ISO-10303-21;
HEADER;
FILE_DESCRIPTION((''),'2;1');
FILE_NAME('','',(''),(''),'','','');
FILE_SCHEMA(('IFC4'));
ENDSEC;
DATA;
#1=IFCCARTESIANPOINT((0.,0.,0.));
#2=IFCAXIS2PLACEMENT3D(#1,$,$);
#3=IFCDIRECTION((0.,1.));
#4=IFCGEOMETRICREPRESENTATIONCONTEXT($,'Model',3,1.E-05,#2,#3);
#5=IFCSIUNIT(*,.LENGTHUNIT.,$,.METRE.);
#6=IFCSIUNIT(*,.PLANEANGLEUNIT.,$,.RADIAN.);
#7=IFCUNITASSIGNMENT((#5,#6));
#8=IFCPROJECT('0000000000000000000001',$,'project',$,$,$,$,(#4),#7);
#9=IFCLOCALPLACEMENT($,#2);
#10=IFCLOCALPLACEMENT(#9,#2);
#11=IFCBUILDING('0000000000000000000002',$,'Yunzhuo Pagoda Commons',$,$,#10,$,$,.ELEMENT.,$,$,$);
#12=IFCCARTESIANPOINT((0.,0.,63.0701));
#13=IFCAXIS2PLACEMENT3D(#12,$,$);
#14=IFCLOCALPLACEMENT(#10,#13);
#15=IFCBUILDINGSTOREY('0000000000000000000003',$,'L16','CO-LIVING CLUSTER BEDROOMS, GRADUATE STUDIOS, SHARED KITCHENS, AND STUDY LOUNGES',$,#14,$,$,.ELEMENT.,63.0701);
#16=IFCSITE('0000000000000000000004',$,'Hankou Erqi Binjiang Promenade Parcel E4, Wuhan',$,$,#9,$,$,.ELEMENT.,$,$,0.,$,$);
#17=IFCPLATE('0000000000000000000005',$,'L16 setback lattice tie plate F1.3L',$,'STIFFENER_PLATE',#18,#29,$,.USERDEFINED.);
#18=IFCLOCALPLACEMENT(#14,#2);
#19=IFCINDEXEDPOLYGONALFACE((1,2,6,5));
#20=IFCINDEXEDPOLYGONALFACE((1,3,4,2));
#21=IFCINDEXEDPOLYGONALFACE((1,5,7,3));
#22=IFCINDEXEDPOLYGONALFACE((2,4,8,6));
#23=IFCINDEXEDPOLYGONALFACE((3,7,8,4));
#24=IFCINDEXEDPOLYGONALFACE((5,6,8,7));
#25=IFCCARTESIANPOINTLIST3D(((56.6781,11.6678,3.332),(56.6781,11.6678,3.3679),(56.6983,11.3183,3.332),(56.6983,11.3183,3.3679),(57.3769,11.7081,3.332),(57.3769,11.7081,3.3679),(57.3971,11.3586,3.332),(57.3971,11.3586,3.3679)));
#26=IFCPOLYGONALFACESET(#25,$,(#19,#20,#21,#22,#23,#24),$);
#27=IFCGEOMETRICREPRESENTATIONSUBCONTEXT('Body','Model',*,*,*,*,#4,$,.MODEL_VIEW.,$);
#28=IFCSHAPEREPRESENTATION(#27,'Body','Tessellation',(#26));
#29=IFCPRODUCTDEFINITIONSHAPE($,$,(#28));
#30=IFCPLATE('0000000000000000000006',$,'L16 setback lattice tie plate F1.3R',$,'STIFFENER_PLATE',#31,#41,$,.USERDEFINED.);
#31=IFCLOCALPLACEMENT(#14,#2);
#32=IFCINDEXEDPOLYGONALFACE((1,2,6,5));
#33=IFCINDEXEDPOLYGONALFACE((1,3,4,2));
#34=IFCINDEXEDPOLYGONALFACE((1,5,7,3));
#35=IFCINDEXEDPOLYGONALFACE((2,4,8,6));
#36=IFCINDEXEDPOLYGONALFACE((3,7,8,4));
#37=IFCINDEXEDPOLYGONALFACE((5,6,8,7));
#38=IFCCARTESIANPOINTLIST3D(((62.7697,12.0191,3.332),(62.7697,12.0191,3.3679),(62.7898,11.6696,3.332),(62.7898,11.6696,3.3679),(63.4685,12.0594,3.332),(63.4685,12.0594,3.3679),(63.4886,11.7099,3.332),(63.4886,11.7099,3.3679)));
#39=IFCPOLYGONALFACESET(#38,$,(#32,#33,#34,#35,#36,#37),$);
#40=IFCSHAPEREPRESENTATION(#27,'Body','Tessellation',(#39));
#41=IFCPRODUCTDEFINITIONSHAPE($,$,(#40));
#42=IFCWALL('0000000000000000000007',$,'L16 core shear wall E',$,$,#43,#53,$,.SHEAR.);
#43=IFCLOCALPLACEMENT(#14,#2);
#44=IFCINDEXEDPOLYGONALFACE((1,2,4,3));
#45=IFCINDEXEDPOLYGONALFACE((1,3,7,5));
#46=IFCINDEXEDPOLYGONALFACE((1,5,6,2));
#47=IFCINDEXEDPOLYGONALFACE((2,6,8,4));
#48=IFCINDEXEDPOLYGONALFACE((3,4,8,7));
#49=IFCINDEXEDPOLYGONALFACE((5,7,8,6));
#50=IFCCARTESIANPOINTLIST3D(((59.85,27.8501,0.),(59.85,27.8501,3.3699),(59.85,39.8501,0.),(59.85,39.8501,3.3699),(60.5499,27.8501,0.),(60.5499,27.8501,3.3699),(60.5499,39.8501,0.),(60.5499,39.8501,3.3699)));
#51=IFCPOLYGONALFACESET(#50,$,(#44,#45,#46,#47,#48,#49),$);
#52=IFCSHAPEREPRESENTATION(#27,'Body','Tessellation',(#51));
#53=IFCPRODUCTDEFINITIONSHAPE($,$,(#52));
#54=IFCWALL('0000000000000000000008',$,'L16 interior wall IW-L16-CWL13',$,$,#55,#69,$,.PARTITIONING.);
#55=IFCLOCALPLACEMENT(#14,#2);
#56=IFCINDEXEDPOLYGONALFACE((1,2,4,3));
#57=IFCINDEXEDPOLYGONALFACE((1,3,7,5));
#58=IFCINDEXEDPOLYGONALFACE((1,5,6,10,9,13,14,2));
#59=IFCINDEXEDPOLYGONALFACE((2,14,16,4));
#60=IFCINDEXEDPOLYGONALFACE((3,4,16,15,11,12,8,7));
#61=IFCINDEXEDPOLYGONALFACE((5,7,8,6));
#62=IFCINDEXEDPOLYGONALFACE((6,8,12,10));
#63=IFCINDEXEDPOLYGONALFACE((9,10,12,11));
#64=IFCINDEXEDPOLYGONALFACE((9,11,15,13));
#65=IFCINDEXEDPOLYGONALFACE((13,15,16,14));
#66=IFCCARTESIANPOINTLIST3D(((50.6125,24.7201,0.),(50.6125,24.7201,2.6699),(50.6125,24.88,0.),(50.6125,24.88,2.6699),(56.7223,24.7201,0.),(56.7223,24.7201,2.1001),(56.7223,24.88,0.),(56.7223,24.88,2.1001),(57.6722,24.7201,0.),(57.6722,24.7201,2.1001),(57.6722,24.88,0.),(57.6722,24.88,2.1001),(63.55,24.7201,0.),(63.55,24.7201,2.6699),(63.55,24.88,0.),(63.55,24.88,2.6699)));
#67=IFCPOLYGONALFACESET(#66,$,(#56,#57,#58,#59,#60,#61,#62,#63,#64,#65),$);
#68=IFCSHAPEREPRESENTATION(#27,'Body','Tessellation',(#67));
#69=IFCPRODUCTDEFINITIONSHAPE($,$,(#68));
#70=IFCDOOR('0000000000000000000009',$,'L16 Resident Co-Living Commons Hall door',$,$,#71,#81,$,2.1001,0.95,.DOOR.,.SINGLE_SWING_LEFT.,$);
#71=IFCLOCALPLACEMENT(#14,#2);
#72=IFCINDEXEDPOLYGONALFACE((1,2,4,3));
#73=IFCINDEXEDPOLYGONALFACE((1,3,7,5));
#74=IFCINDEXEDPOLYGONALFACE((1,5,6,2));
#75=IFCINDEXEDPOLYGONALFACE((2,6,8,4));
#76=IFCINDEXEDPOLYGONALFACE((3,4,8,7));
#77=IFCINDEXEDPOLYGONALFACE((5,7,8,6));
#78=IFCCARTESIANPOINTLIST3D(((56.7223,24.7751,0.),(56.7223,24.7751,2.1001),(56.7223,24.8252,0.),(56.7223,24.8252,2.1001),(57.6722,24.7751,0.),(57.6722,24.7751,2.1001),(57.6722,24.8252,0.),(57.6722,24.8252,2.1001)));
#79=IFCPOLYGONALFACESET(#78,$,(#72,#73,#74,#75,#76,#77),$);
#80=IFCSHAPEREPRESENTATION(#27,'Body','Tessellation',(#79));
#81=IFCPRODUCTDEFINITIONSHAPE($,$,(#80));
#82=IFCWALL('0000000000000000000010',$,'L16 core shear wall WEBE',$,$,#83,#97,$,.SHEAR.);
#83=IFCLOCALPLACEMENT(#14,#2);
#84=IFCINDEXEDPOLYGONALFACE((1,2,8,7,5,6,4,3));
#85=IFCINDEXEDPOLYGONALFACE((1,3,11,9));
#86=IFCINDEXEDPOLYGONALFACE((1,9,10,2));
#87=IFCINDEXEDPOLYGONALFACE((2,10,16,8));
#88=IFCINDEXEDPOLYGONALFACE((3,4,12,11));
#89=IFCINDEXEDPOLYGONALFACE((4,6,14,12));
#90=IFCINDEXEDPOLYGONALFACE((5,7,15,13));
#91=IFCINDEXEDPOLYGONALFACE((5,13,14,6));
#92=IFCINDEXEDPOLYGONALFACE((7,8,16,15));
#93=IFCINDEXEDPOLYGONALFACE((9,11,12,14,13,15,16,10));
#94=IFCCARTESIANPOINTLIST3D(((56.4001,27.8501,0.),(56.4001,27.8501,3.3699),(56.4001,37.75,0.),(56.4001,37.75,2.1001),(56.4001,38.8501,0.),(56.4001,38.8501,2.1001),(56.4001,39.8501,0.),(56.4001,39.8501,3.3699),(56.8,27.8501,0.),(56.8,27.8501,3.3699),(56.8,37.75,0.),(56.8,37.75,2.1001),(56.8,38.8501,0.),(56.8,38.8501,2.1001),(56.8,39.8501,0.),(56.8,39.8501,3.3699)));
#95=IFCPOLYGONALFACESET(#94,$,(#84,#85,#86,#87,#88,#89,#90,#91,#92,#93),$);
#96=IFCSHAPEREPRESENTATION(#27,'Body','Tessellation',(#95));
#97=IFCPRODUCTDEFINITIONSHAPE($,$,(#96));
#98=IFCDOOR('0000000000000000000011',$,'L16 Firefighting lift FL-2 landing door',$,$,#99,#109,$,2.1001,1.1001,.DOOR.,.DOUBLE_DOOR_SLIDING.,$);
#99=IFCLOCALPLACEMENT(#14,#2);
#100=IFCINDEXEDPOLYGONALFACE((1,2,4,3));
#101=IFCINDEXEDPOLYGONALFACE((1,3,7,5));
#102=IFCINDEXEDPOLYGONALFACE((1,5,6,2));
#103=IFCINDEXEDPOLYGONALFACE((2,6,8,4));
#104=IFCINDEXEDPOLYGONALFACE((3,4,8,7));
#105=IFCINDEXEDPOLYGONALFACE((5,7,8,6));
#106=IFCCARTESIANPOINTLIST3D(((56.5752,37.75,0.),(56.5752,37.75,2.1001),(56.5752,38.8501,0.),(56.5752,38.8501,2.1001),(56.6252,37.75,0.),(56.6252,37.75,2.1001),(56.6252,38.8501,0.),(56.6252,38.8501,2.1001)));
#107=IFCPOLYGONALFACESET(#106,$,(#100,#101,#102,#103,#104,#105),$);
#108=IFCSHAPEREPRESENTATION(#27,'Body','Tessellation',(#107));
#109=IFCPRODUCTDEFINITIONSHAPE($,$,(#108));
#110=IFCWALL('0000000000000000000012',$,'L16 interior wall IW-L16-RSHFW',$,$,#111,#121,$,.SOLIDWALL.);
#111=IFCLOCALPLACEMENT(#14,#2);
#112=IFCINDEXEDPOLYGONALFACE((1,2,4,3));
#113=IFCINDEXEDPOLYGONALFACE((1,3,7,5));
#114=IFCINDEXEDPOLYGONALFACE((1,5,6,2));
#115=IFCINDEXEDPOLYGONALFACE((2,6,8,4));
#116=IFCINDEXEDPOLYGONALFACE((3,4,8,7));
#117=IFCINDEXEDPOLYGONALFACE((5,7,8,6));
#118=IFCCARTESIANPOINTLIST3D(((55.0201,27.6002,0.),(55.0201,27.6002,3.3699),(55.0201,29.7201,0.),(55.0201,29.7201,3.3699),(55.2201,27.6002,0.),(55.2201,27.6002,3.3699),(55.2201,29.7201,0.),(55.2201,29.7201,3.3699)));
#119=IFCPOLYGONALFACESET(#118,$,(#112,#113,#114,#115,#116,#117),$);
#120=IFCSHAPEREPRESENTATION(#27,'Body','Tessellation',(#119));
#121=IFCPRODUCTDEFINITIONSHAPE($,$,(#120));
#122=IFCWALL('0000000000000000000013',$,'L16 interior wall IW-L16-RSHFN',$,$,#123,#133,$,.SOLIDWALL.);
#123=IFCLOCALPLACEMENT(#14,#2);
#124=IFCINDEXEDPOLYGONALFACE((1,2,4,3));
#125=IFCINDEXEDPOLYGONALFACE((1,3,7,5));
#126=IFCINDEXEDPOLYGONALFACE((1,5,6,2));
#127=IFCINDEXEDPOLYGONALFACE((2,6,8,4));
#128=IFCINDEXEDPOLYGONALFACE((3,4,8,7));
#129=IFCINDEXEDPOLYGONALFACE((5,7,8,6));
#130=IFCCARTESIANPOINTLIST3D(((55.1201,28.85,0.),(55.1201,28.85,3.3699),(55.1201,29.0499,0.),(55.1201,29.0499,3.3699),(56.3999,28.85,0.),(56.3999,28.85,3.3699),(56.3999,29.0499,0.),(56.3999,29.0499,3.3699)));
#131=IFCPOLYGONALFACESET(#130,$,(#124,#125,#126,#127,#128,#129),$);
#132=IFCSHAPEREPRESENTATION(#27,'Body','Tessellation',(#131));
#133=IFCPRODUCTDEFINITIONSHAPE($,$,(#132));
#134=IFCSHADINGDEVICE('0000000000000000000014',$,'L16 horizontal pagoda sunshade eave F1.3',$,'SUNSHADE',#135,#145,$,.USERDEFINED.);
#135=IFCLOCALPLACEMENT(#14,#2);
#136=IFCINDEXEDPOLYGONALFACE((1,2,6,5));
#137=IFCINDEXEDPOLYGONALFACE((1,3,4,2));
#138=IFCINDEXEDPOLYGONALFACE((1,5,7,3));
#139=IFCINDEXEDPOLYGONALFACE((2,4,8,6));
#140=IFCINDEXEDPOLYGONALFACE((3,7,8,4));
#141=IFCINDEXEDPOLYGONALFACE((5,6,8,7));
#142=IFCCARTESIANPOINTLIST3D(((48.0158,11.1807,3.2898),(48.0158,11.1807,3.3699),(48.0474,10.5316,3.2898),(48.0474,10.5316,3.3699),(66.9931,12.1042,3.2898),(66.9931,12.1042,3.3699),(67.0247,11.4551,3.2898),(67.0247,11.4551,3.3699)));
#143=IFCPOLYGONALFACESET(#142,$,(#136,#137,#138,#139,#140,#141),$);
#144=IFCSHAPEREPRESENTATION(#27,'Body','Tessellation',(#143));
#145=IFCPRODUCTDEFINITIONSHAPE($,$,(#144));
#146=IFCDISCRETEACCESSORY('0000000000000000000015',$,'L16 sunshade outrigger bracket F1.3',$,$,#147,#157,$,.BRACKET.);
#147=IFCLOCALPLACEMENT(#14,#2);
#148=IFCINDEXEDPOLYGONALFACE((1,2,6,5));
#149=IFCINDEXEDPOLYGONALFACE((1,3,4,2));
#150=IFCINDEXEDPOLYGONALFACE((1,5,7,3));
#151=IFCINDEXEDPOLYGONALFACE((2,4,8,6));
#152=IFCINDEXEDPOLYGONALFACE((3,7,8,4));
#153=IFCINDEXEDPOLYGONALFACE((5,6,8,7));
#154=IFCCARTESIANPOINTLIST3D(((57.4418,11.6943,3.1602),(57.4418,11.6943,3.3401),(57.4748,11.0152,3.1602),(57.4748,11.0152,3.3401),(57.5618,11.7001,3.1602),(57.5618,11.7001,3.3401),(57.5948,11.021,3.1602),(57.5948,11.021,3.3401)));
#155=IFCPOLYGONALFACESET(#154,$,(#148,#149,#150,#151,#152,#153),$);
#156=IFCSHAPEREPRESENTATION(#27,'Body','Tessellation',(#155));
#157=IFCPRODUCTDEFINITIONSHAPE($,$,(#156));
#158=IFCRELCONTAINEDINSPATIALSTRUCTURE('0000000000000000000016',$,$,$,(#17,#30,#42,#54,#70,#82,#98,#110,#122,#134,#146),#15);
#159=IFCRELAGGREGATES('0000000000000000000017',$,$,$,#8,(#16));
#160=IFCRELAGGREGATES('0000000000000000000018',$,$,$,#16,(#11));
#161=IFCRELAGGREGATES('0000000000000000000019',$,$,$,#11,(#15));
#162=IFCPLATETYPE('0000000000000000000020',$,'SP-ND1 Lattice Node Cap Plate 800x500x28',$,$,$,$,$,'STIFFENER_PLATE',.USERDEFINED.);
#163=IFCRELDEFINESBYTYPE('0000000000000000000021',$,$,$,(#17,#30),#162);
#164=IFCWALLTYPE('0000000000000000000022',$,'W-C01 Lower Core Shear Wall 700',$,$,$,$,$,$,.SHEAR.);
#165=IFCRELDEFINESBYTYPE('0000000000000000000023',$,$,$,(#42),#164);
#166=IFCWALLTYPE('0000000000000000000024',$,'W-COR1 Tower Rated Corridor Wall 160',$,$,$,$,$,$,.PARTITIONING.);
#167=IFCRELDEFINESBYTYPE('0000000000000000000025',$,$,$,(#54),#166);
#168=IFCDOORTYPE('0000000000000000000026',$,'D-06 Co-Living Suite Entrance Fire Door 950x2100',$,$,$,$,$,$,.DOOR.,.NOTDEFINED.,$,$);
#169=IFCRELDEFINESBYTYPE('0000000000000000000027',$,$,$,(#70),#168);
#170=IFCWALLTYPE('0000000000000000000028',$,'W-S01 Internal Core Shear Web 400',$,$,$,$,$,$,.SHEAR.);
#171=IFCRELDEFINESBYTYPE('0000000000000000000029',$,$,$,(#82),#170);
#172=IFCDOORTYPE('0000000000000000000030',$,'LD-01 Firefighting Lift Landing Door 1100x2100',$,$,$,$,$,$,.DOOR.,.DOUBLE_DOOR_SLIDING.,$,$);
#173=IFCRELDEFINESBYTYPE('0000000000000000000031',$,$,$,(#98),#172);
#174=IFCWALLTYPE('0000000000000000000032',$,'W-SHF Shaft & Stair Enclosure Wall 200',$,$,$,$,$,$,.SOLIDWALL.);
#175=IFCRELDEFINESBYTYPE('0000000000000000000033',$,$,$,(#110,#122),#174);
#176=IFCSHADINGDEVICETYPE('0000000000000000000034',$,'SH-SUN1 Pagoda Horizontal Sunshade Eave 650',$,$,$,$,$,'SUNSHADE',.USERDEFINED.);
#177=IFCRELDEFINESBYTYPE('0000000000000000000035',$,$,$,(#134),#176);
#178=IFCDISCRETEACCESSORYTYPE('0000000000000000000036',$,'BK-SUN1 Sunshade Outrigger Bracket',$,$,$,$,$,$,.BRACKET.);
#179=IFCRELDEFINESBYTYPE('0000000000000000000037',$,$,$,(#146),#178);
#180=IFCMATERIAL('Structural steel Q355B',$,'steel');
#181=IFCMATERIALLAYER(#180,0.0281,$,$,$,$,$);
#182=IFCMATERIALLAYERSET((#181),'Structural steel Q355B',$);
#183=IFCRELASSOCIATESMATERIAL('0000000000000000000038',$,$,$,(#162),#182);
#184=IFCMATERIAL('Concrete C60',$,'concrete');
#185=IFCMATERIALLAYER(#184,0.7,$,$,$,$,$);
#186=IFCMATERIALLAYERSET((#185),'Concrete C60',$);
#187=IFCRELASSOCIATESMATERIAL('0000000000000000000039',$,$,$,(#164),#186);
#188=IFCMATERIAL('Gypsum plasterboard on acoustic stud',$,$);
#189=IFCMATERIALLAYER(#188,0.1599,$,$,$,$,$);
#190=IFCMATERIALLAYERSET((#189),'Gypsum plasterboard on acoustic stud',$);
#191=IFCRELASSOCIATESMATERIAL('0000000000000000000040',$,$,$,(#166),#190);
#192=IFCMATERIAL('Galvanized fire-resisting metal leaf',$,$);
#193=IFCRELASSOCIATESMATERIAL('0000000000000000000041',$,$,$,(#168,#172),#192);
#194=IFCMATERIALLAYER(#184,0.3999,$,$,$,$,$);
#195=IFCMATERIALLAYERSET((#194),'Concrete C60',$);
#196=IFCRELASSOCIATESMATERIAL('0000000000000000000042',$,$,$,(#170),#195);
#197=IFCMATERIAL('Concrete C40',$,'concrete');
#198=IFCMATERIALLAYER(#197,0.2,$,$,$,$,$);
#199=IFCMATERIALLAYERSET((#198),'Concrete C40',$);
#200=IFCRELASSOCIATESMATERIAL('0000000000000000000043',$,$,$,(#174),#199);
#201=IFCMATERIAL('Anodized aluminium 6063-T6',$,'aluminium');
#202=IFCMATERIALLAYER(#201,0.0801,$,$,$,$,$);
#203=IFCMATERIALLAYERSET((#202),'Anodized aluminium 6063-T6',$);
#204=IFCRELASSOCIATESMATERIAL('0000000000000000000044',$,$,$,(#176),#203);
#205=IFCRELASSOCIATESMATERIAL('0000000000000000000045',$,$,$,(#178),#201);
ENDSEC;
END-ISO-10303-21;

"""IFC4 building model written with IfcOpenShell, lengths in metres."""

from ifc_helpers import new_model, si_unit, direction, frame, frame_2d, origin, origin_with_axes, origin_2d, place, context, subcontext, project, spatial, rectangle, extrude, source, transform, mapped, material, layer, layer_set, type_object, element, fill, save


model = new_model("IFC4")

# Units and contexts
model_context = context("Model", 3, precision=1e-05, world=origin(), true_north=direction((0.0, 1.0)))
body_context = subcontext(model_context, "Body", "Model", "MODEL_VIEW")
ifc_project = project(units=[si_unit("LENGTHUNIT", "METRE"), si_unit("PLANEANGLEUNIT", "RADIAN")], contexts=[model_context])

# Site, building, storey
site_placement = place(None, origin())
site = spatial("IfcSite", under=ifc_project, at=site_placement, Name="Hankou Erqi Binjiang Promenade Parcel E4, Wuhan", CompositionType="ELEMENT", RefElevation=0.0)
building_placement = place(site_placement, origin())
building = spatial("IfcBuilding", under=site, at=building_placement, Name="Yunzhuo Pagoda Commons", CompositionType="ELEMENT")
storey_placement = place(building_placement, frame((0.0, 0.0, 63.0701)))
storey = spatial("IfcBuildingStorey", under=building, at=storey_placement, Name="L16", Description="CO-LIVING CLUSTER BEDROOMS, GRADUATE STUDIOS, SHARED KITCHENS, AND STUDY LOUNGES", CompositionType="ELEMENT", Elevation=63.0701)

# Shared definitions
ifc_material_1 = material(Name="Structural steel Q355B", Category="steel")

# Shared definitions
ifc_material_2 = material(Name="Anodized aluminium 6063-T6", Category="aluminium")

# Plates
ifc_layer_1 = layer(ifc_material_1, 0.0281)
ifc_layer_set_1 = layer_set([ifc_layer_1], Name="Structural steel Q355B")
plate_type_1 = type_object("IfcPlateType", Name="SP-ND1 Lattice Node Cap Plate 800x500x28", ElementType="STIFFENER_PLATE", PredefinedType="USERDEFINED", material=ifc_layer_set_1)
shared_shape_1 = source(origin(), body_context, "Body", "SweptSolid", [
    extrude(rectangle(XDim=0.7, YDim=0.3501, at=origin_2d()), origin(), (0.0, 0.0, 1.0), 0.0359),
])
for number, where, z_axis, x_axis, name in (
    (1, (57.0376, 11.5132, 3.332), (0.0, 0.0, 1.0), (0.998343, 0.057547, 0.0), "L16 setback lattice tie plate F1.3L"),
    (2, (63.1292, 11.8645, 3.332), (0.0, 0.0, 1.0), (0.998343, 0.057547, 0.0), "L16 setback lattice tie plate F1.3R"),
):
    element("IfcPlate", number, at=place(storey_placement, frame(where, z_axis=z_axis, x_axis=x_axis)), inside=storey, type_object=plate_type_1, Name=name, ObjectType="STIFFENER_PLATE", PredefinedType="USERDEFINED", context=body_context, shape_type="MappedRepresentation", body=[
        mapped(shared_shape_1, transform((0.0, 0.0, 0.0), scale=1.0)),
    ])

# Wall
ifc_material_3 = material(Name="Concrete C60", Category="concrete")
ifc_layer_2 = layer(ifc_material_3, 0.7)
ifc_layer_set_2 = layer_set([ifc_layer_2], Name="Concrete C60")
wall_type_1 = type_object("IfcWallType", Name="W-C01 Lower Core Shear Wall 700", PredefinedType="SHEAR", material=ifc_layer_set_2)
wall_1_placement = place(storey_placement, frame((60.2, 27.8501, 0.0), z_axis=(0.0, 0.0, 1.0), x_axis=(0.0, 1.0, 0.0)))
element("IfcWall", 3, at=wall_1_placement, inside=storey, type_object=wall_type_1, Name="L16 core shear wall E", PredefinedType="SHEAR", context=body_context, shape_type="SweptSolid", body=[
    extrude(rectangle(XDim=12.0, YDim=0.7, at=frame_2d((6.0, 0.0))), origin(), (0.0, 0.0, 1.0), 3.3699),
])

# Walls, openings, doors
ifc_material_4 = material(Name="Gypsum plasterboard on acoustic stud")
ifc_layer_3 = layer(ifc_material_4, 0.1599)
ifc_layer_set_3 = layer_set([ifc_layer_3], Name="Gypsum plasterboard on acoustic stud")
wall_type_2 = type_object("IfcWallType", Name="W-COR1 Tower Rated Corridor Wall 160", PredefinedType="PARTITIONING", material=ifc_layer_set_3)
wall_2_placement = place(storey_placement, frame((63.55, 24.8, 0.0), z_axis=(0.0, 0.0, 1.0), x_axis=(-1.0, 0.0, 0.0)))
wall_2 = element("IfcWall", 4, at=wall_2_placement, inside=storey, type_object=wall_type_2, Name="L16 interior wall IW-L16-CWL13", PredefinedType="PARTITIONING", context=body_context, shape_type="SweptSolid", body=[
    extrude(rectangle(XDim=12.9375, YDim=0.1599, at=frame_2d((6.4688, 0.0))), origin(), (0.0, 0.0, 1.0), 2.6699),
])
opening_1_placement = place(wall_2_placement, frame((5.8777, 0.0, 0.0)))
opening_1 = element("IfcOpeningElement", 5, at=opening_1_placement, cuts=wall_2, PredefinedType="OPENING", context=body_context, shape_type="SweptSolid", body=[
    extrude(rectangle(XDim=0.95, YDim=2.1001, at=frame_2d((0.4751, 1.05))), frame((0.0, 0.0898, 0.0), z_axis=(0.0, -1.0, 0.0), x_axis=(1.0, 0.0, 0.0)), (0.0, 0.0, 1.0), 0.1799),
])
ifc_material_5 = material(Name="Galvanized fire-resisting metal leaf")
door_type_1 = type_object("IfcDoorType", Name="D-06 Co-Living Suite Entrance Fire Door 950x2100", OperationType="NOTDEFINED", PredefinedType="DOOR", material=ifc_material_5)
shared_shape_2 = source(origin(), body_context, "Body", "SweptSolid", [
    extrude(rectangle(XDim=0.95, YDim=2.1001, at=frame_2d((0.4751, 1.05))), frame((0.0, 0.0249, 0.0), z_axis=(0.0, -1.0, 0.0), x_axis=(1.0, 0.0, 0.0)), (0.0, 0.0, 1.0), 0.05),
])
door_1_placement = place(opening_1_placement, origin_with_axes())
door_1 = element("IfcDoor", 6, at=door_1_placement, inside=storey, type_object=door_type_1, Name="L16 Resident Co-Living Commons Hall door", OperationType="SINGLE_SWING_LEFT", OverallHeight=2.1001, OverallWidth=0.95, PredefinedType="DOOR", context=body_context, shape_type="MappedRepresentation", body=[
    mapped(shared_shape_2, transform((0.0, 0.0, 0.0), scale=1.0)),
])
fill(opening_1, door_1)
ifc_layer_4 = layer(ifc_material_3, 0.3999)
ifc_layer_set_4 = layer_set([ifc_layer_4], Name="Concrete C60")
wall_type_3 = type_object("IfcWallType", Name="W-S01 Internal Core Shear Web 400", PredefinedType="SHEAR", material=ifc_layer_set_4)
wall_3_placement = place(storey_placement, frame((56.6001, 27.8501, 0.0), z_axis=(0.0, 0.0, 1.0), x_axis=(0.0, 1.0, 0.0)))
wall_3 = element("IfcWall", 7, at=wall_3_placement, inside=storey, type_object=wall_type_3, Name="L16 core shear wall WEBE", PredefinedType="SHEAR", context=body_context, shape_type="SweptSolid", body=[
    extrude(rectangle(XDim=12.0, YDim=0.3999, at=frame_2d((6.0, 0.0))), origin(), (0.0, 0.0, 1.0), 3.3699),
])
opening_2_placement = place(wall_3_placement, frame((9.8999, 0.0, 0.0)))
opening_2 = element("IfcOpeningElement", 8, at=opening_2_placement, cuts=wall_3, PredefinedType="OPENING", context=body_context, shape_type="SweptSolid", body=[
    extrude(rectangle(XDim=1.1001, YDim=2.1001, at=frame_2d((0.55, 1.05))), frame((0.0, 0.21, 0.0), z_axis=(0.0, -1.0, 0.0), x_axis=(1.0, 0.0, 0.0)), (0.0, 0.0, 1.0), 0.4199),
])
door_type_2 = type_object("IfcDoorType", Name="LD-01 Firefighting Lift Landing Door 1100x2100", OperationType="DOUBLE_DOOR_SLIDING", PredefinedType="DOOR", material=ifc_material_5)
shared_shape_3 = source(origin(), body_context, "Body", "SweptSolid", [
    extrude(rectangle(XDim=1.1001, YDim=2.1001, at=frame_2d((0.55, 1.05))), frame((0.0, 0.0249, 0.0), z_axis=(0.0, -1.0, 0.0), x_axis=(1.0, 0.0, 0.0)), (0.0, 0.0, 1.0), 0.05),
])
door_2_placement = place(opening_2_placement, origin_with_axes())
door_2 = element("IfcDoor", 9, at=door_2_placement, inside=storey, type_object=door_type_2, Name="L16 Firefighting lift FL-2 landing door", OperationType="DOUBLE_DOOR_SLIDING", OverallHeight=2.1001, OverallWidth=1.1001, PredefinedType="DOOR", context=body_context, shape_type="MappedRepresentation", body=[
    mapped(shared_shape_3, transform((0.0, 0.0, 0.0), scale=1.0)),
])
fill(opening_2, door_2)

# Walls
ifc_material_6 = material(Name="Concrete C40", Category="concrete")
ifc_layer_5 = layer(ifc_material_6, 0.2)
ifc_layer_set_5 = layer_set([ifc_layer_5], Name="Concrete C40")
wall_type_4 = type_object("IfcWallType", Name="W-SHF Shaft & Stair Enclosure Wall 200", PredefinedType="SOLIDWALL", material=ifc_layer_set_5)
wall_4_placement = place(storey_placement, frame((55.1201, 27.6001, 0.0), z_axis=(0.0, 0.0, 1.0), x_axis=(0.0, 1.0, 0.0)))
element("IfcWall", 10, at=wall_4_placement, inside=storey, type_object=wall_type_4, Name="L16 interior wall IW-L16-RSHFW", PredefinedType="SOLIDWALL", context=body_context, shape_type="SweptSolid", body=[
    extrude(rectangle(XDim=2.1199, YDim=0.2, at=frame_2d((1.0601, 0.0))), origin(), (0.0, 0.0, 1.0), 3.3699),
])
wall_5_placement = place(storey_placement, frame((55.1201, 28.95, 0.0), z_axis=(0.0, 0.0, 1.0), x_axis=(1.0, 0.0, 0.0)))
element("IfcWall", 11, at=wall_5_placement, inside=storey, type_object=wall_type_4, Name="L16 interior wall IW-L16-RSHFN", PredefinedType="SOLIDWALL", context=body_context, shape_type="SweptSolid", body=[
    extrude(rectangle(XDim=1.2798, YDim=0.2, at=frame_2d((0.6399, 0.0))), origin(), (0.0, 0.0, 1.0), 3.3699),
])

# Shading device
ifc_layer_6 = layer(ifc_material_2, 0.0801)
ifc_layer_set_6 = layer_set([ifc_layer_6], Name="Anodized aluminium 6063-T6")
shading_device_type = type_object("IfcShadingDeviceType", Name="SH-SUN1 Pagoda Horizontal Sunshade Eave 650", ElementType="SUNSHADE", PredefinedType="USERDEFINED", material=ifc_layer_set_6)
shared_shape_4 = source(origin(), body_context, "Body", "SweptSolid", [
    extrude(rectangle(XDim=18.9998, YDim=0.6499, at=origin_2d()), origin(), (0.0, 0.0, 1.0), 0.0801),
])
shading_device_placement = place(storey_placement, frame((57.5203, 11.3179, 3.2898), z_axis=(0.0, 0.0, 1.0), x_axis=(0.998818, 0.048606, 0.0)))
element("IfcShadingDevice", 12, at=shading_device_placement, inside=storey, type_object=shading_device_type, Name="L16 horizontal pagoda sunshade eave F1.3", ObjectType="SUNSHADE", PredefinedType="USERDEFINED", context=body_context, shape_type="MappedRepresentation", body=[
    mapped(shared_shape_4, transform((0.0, 0.0, 0.0), scale=1.0)),
])

# Discrete accessory
discrete_accessory_type = type_object("IfcDiscreteAccessoryType", Name="BK-SUN1 Sunshade Outrigger Bracket", PredefinedType="BRACKET", material=ifc_material_2)
shared_shape_5 = source(origin(), body_context, "Body", "SweptSolid", [
    extrude(rectangle(XDim=0.1201, YDim=0.6799, at=origin_2d()), origin(), (0.0, 0.0, 1.0), 0.1799),
])
discrete_accessory_placement = place(storey_placement, frame((57.5183, 11.3577, 3.1602), z_axis=(0.0, 0.0, 1.0), x_axis=(0.998818, 0.048606, 0.0)))
element("IfcDiscreteAccessory", 13, at=discrete_accessory_placement, inside=storey, type_object=discrete_accessory_type, Name="L16 sunshade outrigger bracket F1.3", PredefinedType="BRACKET", context=body_context, shape_type="MappedRepresentation", body=[
    mapped(shared_shape_5, transform((0.0, 0.0, 0.0), scale=1.0)),
])

save(model, "model.ifc")
